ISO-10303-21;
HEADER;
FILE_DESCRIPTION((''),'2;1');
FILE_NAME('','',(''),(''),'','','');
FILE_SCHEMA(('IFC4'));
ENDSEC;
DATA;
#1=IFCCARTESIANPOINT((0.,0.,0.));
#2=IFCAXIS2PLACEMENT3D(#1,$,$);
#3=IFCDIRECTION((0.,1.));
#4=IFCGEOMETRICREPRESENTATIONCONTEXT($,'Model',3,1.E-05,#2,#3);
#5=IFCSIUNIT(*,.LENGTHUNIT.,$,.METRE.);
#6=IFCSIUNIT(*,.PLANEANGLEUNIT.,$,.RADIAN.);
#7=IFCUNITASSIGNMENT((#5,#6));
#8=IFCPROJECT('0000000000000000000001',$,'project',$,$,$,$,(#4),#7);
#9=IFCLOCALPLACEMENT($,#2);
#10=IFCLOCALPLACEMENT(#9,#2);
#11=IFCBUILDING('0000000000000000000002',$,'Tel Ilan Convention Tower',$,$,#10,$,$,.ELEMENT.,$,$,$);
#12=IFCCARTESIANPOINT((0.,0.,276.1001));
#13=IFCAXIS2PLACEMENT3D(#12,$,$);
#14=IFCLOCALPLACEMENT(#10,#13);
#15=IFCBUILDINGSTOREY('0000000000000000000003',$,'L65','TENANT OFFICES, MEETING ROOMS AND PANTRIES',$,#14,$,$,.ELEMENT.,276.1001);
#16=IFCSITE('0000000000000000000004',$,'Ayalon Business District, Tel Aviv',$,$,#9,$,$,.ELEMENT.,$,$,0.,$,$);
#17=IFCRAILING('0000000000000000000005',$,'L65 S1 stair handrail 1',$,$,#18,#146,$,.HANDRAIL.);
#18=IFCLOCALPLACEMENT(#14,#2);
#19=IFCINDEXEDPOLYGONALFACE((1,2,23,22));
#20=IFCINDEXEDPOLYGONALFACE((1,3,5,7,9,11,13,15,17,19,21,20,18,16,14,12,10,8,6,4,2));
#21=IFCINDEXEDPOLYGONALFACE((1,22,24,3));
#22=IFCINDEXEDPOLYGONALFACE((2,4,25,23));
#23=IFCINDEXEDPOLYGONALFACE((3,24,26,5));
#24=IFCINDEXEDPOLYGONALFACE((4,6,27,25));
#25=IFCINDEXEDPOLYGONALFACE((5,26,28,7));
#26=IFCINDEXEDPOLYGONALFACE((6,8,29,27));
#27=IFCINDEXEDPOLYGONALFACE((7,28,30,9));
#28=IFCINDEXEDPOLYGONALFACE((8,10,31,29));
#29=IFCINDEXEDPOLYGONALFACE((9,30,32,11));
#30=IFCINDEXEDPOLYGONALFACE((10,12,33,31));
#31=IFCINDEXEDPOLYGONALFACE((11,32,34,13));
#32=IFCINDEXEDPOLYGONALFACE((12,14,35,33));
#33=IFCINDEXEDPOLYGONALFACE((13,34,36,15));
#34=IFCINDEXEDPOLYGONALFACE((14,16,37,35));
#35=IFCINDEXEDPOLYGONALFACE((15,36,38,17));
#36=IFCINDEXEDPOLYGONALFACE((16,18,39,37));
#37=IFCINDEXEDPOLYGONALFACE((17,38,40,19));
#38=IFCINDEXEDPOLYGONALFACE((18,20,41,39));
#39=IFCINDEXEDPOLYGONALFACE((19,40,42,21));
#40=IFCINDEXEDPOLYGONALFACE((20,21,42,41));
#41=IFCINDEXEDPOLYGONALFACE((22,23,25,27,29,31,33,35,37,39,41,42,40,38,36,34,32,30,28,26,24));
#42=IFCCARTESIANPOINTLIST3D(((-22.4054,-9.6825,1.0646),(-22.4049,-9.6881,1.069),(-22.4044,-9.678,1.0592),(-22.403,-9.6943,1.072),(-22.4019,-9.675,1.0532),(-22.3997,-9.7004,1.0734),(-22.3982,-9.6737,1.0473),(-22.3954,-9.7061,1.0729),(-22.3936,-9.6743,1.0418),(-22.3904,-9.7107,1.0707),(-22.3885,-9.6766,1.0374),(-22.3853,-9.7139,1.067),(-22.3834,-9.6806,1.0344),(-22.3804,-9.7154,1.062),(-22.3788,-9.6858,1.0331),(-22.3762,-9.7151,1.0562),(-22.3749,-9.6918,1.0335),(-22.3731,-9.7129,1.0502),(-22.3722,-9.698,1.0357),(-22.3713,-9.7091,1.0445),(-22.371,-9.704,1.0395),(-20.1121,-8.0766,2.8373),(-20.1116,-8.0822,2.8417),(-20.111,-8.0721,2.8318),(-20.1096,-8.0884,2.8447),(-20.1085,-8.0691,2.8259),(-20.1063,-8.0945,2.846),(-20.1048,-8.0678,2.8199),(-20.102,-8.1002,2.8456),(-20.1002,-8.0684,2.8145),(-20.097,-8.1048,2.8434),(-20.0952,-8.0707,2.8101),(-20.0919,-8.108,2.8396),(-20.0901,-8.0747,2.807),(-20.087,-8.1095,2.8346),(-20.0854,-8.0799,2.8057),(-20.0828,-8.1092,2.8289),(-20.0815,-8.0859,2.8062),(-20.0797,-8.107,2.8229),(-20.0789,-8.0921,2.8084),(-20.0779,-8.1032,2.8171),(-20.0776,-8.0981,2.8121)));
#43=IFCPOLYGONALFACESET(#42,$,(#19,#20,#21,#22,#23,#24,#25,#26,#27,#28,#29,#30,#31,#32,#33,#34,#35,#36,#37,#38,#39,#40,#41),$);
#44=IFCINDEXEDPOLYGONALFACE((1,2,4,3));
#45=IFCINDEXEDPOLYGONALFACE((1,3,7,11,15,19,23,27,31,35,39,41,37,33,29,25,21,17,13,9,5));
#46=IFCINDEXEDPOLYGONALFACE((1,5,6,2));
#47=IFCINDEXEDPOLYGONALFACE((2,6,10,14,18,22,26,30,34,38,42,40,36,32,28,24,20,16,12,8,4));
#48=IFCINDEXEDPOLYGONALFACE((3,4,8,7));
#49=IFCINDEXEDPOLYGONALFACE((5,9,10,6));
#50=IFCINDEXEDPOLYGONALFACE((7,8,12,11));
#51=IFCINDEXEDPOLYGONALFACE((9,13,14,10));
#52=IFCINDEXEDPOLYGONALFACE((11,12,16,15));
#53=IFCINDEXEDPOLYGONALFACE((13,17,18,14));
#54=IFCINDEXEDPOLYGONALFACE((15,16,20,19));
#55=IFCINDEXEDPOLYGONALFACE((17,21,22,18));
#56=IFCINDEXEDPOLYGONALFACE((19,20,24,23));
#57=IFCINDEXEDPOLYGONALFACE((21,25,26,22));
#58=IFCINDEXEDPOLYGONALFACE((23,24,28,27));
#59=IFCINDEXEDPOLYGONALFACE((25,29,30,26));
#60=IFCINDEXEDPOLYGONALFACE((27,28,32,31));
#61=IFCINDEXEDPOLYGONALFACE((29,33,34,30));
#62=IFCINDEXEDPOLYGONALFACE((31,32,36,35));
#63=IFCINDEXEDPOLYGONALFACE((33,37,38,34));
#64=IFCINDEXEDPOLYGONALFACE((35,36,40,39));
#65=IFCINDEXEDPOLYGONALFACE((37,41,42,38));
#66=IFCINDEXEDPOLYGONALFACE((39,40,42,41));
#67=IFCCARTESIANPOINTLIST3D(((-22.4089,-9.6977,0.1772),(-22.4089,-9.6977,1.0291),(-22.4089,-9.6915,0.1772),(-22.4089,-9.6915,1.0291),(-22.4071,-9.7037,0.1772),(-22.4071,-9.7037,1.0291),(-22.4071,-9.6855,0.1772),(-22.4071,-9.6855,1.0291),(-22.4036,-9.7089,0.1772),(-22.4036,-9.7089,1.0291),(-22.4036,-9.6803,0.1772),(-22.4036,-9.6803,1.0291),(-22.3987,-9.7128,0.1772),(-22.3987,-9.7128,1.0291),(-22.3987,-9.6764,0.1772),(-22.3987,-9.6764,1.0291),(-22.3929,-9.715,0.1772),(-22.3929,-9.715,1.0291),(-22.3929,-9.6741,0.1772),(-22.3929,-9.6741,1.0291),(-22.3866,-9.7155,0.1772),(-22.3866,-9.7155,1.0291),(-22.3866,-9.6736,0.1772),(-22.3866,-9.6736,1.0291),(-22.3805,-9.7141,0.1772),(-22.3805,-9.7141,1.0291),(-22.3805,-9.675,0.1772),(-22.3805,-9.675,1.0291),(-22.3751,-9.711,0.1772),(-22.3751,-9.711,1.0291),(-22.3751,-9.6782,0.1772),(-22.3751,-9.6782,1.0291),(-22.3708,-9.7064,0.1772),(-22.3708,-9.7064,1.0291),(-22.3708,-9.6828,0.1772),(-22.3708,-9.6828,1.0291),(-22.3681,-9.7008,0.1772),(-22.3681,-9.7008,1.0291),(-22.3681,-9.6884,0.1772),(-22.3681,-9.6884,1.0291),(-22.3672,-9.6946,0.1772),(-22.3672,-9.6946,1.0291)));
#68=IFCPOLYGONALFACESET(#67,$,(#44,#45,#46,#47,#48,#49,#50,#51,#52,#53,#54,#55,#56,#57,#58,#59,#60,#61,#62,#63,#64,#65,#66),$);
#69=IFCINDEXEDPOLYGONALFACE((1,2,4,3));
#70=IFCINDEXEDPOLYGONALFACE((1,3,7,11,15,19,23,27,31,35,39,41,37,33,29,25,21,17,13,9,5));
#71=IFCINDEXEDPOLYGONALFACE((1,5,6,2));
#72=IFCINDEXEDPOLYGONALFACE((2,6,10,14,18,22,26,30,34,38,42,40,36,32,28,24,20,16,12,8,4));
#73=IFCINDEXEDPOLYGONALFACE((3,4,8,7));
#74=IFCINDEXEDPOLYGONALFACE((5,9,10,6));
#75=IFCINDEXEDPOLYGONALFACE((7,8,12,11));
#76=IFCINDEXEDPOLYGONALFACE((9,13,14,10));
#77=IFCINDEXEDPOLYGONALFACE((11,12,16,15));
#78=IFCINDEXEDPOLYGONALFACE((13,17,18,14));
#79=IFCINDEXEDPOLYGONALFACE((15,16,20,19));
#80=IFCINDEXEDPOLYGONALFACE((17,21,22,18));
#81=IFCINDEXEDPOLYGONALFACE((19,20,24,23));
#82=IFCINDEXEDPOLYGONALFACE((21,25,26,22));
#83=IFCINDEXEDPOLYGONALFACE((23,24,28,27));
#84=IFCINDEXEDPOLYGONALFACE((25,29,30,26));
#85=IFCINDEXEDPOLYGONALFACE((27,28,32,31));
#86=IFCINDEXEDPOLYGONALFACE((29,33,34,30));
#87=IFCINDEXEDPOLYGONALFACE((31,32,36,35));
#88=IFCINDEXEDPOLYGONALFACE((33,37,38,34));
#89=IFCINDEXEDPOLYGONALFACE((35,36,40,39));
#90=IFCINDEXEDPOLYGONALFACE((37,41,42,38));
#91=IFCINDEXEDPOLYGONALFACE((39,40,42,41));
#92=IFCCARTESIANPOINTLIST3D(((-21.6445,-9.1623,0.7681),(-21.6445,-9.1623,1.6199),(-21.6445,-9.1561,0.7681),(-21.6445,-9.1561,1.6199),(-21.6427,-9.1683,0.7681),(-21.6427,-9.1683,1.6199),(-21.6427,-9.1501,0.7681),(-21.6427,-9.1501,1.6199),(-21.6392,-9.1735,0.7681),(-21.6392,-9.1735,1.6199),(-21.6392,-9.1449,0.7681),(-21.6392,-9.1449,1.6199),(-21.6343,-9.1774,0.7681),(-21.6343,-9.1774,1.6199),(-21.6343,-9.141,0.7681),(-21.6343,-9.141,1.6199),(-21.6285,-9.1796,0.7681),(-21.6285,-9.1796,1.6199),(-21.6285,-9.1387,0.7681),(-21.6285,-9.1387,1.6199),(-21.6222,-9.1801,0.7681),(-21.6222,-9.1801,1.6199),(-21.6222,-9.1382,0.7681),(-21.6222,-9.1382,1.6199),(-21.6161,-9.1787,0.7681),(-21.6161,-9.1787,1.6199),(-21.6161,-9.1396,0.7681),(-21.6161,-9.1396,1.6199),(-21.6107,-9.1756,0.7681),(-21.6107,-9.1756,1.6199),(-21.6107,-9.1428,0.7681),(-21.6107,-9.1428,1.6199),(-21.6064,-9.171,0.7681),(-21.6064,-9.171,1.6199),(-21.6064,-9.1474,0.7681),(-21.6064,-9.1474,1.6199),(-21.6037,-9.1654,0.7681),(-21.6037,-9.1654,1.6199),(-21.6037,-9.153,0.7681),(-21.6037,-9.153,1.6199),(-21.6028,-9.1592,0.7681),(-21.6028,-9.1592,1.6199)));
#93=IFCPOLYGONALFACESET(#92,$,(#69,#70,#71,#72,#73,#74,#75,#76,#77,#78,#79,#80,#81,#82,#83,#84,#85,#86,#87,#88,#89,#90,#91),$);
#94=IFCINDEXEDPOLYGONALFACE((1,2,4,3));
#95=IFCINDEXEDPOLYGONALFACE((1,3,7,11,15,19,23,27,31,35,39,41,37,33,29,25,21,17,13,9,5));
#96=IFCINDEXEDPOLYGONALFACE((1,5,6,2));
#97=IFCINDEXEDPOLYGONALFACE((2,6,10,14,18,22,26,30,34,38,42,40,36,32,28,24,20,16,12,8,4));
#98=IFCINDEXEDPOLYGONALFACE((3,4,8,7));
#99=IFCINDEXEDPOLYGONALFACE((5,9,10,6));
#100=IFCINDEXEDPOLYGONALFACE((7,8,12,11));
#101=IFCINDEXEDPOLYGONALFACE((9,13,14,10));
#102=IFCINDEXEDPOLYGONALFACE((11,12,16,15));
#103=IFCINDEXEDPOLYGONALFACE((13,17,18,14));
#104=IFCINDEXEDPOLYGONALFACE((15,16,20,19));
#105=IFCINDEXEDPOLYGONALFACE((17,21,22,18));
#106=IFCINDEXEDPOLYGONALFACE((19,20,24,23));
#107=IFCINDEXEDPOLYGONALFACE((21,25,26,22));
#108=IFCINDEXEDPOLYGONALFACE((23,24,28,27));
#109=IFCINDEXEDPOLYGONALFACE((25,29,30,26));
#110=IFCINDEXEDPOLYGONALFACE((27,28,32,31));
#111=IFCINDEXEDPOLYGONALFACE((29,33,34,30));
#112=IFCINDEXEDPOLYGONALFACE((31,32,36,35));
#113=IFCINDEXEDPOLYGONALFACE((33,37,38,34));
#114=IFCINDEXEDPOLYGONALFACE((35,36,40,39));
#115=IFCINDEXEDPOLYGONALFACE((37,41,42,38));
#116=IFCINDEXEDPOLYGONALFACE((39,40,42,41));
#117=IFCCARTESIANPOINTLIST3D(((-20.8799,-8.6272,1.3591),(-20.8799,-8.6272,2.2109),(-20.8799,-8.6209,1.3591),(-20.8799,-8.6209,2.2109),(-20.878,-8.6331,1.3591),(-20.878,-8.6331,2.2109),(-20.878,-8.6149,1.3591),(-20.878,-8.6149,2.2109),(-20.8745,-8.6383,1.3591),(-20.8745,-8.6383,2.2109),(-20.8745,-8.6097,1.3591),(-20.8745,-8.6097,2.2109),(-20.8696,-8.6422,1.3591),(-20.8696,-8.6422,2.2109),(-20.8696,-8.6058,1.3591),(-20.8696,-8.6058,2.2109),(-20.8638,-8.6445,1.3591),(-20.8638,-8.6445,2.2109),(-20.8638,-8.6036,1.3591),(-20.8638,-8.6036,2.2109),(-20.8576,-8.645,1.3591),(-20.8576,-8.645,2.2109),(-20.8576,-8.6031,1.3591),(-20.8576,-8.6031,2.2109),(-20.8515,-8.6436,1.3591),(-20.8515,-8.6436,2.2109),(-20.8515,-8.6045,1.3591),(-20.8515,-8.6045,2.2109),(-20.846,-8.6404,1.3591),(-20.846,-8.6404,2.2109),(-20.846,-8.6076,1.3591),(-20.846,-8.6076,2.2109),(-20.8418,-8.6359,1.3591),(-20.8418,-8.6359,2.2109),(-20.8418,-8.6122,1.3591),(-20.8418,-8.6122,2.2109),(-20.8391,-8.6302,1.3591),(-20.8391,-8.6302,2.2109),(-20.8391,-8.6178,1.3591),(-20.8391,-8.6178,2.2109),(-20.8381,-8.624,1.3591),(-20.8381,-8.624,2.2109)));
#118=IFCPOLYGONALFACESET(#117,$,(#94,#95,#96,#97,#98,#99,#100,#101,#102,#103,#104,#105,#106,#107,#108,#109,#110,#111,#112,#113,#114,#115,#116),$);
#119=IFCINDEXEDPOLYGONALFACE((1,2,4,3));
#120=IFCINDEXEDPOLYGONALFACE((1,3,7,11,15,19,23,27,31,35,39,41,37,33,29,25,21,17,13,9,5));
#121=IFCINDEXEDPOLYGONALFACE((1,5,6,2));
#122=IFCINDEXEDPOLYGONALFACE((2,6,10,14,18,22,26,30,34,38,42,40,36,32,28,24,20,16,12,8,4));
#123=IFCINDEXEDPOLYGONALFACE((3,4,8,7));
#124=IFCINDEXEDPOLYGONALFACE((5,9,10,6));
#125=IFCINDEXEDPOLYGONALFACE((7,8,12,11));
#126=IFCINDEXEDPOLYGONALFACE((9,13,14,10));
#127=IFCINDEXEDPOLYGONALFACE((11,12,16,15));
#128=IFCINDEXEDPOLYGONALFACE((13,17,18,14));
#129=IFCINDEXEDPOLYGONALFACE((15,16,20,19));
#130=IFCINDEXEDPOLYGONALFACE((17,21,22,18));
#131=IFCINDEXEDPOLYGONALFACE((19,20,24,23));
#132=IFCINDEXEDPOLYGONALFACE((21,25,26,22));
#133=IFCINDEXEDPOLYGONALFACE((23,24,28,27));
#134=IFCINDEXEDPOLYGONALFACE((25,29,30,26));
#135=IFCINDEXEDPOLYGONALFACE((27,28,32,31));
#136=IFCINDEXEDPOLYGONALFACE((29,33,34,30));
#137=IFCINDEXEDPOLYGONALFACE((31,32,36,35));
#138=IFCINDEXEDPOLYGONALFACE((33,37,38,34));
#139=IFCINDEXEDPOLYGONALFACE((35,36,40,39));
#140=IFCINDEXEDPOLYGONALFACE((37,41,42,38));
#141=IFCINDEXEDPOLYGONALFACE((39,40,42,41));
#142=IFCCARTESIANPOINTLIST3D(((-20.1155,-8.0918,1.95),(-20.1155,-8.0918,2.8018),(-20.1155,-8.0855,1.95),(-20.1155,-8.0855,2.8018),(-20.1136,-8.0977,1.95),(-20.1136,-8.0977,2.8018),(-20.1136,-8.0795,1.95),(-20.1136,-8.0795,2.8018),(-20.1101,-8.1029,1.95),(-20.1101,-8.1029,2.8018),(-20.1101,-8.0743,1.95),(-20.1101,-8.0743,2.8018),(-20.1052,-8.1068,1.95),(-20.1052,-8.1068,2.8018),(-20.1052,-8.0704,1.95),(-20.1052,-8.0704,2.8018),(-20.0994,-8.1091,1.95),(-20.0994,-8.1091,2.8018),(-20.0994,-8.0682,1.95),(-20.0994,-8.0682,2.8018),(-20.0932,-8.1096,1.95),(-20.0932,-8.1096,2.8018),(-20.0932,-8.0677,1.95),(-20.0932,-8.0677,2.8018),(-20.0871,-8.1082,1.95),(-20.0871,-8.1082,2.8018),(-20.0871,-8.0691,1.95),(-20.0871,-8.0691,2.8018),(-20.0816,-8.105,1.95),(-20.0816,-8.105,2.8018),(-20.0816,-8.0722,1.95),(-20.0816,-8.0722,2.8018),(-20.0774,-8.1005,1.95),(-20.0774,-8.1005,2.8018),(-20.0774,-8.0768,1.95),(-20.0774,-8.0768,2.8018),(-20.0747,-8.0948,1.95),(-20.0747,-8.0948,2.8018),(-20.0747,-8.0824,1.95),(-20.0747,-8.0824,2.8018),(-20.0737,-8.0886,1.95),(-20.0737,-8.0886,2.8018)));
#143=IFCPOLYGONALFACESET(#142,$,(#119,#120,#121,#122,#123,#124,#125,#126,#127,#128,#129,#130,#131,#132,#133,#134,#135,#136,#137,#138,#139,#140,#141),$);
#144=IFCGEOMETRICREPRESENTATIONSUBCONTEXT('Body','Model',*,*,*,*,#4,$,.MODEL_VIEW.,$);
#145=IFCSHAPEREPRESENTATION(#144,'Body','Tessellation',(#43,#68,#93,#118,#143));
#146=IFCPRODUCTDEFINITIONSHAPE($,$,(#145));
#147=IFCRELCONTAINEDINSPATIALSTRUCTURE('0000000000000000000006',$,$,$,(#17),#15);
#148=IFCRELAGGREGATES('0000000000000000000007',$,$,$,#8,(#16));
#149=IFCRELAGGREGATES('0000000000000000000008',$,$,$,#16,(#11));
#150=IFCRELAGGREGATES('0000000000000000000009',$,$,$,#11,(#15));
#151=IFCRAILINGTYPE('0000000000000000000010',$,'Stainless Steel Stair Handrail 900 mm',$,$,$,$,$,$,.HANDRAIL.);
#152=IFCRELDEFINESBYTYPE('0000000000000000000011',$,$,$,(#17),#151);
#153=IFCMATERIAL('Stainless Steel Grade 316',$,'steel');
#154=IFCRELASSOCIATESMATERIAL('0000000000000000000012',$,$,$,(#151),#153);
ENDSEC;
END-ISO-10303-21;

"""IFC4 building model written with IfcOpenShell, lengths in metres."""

from ifc_helpers import new_model, si_unit, direction, frame, origin, origin_2d, place, context, subcontext, project, spatial, circle, extrude, material, type_object, element, save


model = new_model("IFC4")

# Units and contexts
model_context = context("Model", 3, precision=1e-05, world=origin(), true_north=direction((0.0, 1.0)))
body_context = subcontext(model_context, "Body", "Model", "MODEL_VIEW")
ifc_project = project(units=[si_unit("LENGTHUNIT", "METRE"), si_unit("PLANEANGLEUNIT", "RADIAN")], contexts=[model_context])

# Site, building, storey
site_placement = place(None, origin())
site = spatial("IfcSite", under=ifc_project, at=site_placement, Name="Ayalon Business District, Tel Aviv", CompositionType="ELEMENT", RefElevation=0.0)
building_placement = place(site_placement, origin())
building = spatial("IfcBuilding", under=site, at=building_placement, Name="Tel Ilan Convention Tower", CompositionType="ELEMENT")
storey_placement = place(building_placement, frame((0.0, 0.0, 276.1001)))
storey = spatial("IfcBuildingStorey", under=building, at=storey_placement, Name="L65", Description="TENANT OFFICES, MEETING ROOMS AND PANTRIES", CompositionType="ELEMENT", Elevation=276.1001)

# Railing
ifc_material_1 = material(Name="Stainless Steel Grade 316", Category="steel")
railing_type_1 = type_object("IfcRailingType", Name="Stainless Steel Stair Handrail 900 mm", PredefinedType="HANDRAIL", material=ifc_material_1)
railing_1_placement = place(storey_placement, frame((-22.3882, -9.6946, 0.1772)))
element("IfcRailing", 1, at=railing_1_placement, inside=storey, type_object=railing_type_1, Name="L65 S1 stair handrail 1", PredefinedType="HANDRAIL", context=body_context, shape_type="SweptSolid", body=[
    extrude(circle(Radius=0.0239, at=origin_2d()), frame((0.0, 0.0, 0.876), z_axis=(0.692085, 0.484621, 0.53494), x_axis=(-0.573591, 0.819142, 0.0)), (0.0, 0.0, 1.0), 3.3137),
    extrude(circle(Radius=0.021, at=origin_2d()), origin(), (0.0, 0.0, 1.0), 0.8518),
    extrude(circle(Radius=0.021, at=origin_2d()), frame((0.7644, 0.5354, 0.5908)), (0.0, 0.0, 1.0), 0.8518),
    extrude(circle(Radius=0.021, at=origin_2d()), frame((1.5291, 1.0706, 1.1819)), (0.0, 0.0, 1.0), 0.8518),
    extrude(circle(Radius=0.021, at=origin_2d()), frame((2.2935, 1.606, 1.7727)), (0.0, 0.0, 1.0), 0.8518),
])

save(model, "model.ifc")
